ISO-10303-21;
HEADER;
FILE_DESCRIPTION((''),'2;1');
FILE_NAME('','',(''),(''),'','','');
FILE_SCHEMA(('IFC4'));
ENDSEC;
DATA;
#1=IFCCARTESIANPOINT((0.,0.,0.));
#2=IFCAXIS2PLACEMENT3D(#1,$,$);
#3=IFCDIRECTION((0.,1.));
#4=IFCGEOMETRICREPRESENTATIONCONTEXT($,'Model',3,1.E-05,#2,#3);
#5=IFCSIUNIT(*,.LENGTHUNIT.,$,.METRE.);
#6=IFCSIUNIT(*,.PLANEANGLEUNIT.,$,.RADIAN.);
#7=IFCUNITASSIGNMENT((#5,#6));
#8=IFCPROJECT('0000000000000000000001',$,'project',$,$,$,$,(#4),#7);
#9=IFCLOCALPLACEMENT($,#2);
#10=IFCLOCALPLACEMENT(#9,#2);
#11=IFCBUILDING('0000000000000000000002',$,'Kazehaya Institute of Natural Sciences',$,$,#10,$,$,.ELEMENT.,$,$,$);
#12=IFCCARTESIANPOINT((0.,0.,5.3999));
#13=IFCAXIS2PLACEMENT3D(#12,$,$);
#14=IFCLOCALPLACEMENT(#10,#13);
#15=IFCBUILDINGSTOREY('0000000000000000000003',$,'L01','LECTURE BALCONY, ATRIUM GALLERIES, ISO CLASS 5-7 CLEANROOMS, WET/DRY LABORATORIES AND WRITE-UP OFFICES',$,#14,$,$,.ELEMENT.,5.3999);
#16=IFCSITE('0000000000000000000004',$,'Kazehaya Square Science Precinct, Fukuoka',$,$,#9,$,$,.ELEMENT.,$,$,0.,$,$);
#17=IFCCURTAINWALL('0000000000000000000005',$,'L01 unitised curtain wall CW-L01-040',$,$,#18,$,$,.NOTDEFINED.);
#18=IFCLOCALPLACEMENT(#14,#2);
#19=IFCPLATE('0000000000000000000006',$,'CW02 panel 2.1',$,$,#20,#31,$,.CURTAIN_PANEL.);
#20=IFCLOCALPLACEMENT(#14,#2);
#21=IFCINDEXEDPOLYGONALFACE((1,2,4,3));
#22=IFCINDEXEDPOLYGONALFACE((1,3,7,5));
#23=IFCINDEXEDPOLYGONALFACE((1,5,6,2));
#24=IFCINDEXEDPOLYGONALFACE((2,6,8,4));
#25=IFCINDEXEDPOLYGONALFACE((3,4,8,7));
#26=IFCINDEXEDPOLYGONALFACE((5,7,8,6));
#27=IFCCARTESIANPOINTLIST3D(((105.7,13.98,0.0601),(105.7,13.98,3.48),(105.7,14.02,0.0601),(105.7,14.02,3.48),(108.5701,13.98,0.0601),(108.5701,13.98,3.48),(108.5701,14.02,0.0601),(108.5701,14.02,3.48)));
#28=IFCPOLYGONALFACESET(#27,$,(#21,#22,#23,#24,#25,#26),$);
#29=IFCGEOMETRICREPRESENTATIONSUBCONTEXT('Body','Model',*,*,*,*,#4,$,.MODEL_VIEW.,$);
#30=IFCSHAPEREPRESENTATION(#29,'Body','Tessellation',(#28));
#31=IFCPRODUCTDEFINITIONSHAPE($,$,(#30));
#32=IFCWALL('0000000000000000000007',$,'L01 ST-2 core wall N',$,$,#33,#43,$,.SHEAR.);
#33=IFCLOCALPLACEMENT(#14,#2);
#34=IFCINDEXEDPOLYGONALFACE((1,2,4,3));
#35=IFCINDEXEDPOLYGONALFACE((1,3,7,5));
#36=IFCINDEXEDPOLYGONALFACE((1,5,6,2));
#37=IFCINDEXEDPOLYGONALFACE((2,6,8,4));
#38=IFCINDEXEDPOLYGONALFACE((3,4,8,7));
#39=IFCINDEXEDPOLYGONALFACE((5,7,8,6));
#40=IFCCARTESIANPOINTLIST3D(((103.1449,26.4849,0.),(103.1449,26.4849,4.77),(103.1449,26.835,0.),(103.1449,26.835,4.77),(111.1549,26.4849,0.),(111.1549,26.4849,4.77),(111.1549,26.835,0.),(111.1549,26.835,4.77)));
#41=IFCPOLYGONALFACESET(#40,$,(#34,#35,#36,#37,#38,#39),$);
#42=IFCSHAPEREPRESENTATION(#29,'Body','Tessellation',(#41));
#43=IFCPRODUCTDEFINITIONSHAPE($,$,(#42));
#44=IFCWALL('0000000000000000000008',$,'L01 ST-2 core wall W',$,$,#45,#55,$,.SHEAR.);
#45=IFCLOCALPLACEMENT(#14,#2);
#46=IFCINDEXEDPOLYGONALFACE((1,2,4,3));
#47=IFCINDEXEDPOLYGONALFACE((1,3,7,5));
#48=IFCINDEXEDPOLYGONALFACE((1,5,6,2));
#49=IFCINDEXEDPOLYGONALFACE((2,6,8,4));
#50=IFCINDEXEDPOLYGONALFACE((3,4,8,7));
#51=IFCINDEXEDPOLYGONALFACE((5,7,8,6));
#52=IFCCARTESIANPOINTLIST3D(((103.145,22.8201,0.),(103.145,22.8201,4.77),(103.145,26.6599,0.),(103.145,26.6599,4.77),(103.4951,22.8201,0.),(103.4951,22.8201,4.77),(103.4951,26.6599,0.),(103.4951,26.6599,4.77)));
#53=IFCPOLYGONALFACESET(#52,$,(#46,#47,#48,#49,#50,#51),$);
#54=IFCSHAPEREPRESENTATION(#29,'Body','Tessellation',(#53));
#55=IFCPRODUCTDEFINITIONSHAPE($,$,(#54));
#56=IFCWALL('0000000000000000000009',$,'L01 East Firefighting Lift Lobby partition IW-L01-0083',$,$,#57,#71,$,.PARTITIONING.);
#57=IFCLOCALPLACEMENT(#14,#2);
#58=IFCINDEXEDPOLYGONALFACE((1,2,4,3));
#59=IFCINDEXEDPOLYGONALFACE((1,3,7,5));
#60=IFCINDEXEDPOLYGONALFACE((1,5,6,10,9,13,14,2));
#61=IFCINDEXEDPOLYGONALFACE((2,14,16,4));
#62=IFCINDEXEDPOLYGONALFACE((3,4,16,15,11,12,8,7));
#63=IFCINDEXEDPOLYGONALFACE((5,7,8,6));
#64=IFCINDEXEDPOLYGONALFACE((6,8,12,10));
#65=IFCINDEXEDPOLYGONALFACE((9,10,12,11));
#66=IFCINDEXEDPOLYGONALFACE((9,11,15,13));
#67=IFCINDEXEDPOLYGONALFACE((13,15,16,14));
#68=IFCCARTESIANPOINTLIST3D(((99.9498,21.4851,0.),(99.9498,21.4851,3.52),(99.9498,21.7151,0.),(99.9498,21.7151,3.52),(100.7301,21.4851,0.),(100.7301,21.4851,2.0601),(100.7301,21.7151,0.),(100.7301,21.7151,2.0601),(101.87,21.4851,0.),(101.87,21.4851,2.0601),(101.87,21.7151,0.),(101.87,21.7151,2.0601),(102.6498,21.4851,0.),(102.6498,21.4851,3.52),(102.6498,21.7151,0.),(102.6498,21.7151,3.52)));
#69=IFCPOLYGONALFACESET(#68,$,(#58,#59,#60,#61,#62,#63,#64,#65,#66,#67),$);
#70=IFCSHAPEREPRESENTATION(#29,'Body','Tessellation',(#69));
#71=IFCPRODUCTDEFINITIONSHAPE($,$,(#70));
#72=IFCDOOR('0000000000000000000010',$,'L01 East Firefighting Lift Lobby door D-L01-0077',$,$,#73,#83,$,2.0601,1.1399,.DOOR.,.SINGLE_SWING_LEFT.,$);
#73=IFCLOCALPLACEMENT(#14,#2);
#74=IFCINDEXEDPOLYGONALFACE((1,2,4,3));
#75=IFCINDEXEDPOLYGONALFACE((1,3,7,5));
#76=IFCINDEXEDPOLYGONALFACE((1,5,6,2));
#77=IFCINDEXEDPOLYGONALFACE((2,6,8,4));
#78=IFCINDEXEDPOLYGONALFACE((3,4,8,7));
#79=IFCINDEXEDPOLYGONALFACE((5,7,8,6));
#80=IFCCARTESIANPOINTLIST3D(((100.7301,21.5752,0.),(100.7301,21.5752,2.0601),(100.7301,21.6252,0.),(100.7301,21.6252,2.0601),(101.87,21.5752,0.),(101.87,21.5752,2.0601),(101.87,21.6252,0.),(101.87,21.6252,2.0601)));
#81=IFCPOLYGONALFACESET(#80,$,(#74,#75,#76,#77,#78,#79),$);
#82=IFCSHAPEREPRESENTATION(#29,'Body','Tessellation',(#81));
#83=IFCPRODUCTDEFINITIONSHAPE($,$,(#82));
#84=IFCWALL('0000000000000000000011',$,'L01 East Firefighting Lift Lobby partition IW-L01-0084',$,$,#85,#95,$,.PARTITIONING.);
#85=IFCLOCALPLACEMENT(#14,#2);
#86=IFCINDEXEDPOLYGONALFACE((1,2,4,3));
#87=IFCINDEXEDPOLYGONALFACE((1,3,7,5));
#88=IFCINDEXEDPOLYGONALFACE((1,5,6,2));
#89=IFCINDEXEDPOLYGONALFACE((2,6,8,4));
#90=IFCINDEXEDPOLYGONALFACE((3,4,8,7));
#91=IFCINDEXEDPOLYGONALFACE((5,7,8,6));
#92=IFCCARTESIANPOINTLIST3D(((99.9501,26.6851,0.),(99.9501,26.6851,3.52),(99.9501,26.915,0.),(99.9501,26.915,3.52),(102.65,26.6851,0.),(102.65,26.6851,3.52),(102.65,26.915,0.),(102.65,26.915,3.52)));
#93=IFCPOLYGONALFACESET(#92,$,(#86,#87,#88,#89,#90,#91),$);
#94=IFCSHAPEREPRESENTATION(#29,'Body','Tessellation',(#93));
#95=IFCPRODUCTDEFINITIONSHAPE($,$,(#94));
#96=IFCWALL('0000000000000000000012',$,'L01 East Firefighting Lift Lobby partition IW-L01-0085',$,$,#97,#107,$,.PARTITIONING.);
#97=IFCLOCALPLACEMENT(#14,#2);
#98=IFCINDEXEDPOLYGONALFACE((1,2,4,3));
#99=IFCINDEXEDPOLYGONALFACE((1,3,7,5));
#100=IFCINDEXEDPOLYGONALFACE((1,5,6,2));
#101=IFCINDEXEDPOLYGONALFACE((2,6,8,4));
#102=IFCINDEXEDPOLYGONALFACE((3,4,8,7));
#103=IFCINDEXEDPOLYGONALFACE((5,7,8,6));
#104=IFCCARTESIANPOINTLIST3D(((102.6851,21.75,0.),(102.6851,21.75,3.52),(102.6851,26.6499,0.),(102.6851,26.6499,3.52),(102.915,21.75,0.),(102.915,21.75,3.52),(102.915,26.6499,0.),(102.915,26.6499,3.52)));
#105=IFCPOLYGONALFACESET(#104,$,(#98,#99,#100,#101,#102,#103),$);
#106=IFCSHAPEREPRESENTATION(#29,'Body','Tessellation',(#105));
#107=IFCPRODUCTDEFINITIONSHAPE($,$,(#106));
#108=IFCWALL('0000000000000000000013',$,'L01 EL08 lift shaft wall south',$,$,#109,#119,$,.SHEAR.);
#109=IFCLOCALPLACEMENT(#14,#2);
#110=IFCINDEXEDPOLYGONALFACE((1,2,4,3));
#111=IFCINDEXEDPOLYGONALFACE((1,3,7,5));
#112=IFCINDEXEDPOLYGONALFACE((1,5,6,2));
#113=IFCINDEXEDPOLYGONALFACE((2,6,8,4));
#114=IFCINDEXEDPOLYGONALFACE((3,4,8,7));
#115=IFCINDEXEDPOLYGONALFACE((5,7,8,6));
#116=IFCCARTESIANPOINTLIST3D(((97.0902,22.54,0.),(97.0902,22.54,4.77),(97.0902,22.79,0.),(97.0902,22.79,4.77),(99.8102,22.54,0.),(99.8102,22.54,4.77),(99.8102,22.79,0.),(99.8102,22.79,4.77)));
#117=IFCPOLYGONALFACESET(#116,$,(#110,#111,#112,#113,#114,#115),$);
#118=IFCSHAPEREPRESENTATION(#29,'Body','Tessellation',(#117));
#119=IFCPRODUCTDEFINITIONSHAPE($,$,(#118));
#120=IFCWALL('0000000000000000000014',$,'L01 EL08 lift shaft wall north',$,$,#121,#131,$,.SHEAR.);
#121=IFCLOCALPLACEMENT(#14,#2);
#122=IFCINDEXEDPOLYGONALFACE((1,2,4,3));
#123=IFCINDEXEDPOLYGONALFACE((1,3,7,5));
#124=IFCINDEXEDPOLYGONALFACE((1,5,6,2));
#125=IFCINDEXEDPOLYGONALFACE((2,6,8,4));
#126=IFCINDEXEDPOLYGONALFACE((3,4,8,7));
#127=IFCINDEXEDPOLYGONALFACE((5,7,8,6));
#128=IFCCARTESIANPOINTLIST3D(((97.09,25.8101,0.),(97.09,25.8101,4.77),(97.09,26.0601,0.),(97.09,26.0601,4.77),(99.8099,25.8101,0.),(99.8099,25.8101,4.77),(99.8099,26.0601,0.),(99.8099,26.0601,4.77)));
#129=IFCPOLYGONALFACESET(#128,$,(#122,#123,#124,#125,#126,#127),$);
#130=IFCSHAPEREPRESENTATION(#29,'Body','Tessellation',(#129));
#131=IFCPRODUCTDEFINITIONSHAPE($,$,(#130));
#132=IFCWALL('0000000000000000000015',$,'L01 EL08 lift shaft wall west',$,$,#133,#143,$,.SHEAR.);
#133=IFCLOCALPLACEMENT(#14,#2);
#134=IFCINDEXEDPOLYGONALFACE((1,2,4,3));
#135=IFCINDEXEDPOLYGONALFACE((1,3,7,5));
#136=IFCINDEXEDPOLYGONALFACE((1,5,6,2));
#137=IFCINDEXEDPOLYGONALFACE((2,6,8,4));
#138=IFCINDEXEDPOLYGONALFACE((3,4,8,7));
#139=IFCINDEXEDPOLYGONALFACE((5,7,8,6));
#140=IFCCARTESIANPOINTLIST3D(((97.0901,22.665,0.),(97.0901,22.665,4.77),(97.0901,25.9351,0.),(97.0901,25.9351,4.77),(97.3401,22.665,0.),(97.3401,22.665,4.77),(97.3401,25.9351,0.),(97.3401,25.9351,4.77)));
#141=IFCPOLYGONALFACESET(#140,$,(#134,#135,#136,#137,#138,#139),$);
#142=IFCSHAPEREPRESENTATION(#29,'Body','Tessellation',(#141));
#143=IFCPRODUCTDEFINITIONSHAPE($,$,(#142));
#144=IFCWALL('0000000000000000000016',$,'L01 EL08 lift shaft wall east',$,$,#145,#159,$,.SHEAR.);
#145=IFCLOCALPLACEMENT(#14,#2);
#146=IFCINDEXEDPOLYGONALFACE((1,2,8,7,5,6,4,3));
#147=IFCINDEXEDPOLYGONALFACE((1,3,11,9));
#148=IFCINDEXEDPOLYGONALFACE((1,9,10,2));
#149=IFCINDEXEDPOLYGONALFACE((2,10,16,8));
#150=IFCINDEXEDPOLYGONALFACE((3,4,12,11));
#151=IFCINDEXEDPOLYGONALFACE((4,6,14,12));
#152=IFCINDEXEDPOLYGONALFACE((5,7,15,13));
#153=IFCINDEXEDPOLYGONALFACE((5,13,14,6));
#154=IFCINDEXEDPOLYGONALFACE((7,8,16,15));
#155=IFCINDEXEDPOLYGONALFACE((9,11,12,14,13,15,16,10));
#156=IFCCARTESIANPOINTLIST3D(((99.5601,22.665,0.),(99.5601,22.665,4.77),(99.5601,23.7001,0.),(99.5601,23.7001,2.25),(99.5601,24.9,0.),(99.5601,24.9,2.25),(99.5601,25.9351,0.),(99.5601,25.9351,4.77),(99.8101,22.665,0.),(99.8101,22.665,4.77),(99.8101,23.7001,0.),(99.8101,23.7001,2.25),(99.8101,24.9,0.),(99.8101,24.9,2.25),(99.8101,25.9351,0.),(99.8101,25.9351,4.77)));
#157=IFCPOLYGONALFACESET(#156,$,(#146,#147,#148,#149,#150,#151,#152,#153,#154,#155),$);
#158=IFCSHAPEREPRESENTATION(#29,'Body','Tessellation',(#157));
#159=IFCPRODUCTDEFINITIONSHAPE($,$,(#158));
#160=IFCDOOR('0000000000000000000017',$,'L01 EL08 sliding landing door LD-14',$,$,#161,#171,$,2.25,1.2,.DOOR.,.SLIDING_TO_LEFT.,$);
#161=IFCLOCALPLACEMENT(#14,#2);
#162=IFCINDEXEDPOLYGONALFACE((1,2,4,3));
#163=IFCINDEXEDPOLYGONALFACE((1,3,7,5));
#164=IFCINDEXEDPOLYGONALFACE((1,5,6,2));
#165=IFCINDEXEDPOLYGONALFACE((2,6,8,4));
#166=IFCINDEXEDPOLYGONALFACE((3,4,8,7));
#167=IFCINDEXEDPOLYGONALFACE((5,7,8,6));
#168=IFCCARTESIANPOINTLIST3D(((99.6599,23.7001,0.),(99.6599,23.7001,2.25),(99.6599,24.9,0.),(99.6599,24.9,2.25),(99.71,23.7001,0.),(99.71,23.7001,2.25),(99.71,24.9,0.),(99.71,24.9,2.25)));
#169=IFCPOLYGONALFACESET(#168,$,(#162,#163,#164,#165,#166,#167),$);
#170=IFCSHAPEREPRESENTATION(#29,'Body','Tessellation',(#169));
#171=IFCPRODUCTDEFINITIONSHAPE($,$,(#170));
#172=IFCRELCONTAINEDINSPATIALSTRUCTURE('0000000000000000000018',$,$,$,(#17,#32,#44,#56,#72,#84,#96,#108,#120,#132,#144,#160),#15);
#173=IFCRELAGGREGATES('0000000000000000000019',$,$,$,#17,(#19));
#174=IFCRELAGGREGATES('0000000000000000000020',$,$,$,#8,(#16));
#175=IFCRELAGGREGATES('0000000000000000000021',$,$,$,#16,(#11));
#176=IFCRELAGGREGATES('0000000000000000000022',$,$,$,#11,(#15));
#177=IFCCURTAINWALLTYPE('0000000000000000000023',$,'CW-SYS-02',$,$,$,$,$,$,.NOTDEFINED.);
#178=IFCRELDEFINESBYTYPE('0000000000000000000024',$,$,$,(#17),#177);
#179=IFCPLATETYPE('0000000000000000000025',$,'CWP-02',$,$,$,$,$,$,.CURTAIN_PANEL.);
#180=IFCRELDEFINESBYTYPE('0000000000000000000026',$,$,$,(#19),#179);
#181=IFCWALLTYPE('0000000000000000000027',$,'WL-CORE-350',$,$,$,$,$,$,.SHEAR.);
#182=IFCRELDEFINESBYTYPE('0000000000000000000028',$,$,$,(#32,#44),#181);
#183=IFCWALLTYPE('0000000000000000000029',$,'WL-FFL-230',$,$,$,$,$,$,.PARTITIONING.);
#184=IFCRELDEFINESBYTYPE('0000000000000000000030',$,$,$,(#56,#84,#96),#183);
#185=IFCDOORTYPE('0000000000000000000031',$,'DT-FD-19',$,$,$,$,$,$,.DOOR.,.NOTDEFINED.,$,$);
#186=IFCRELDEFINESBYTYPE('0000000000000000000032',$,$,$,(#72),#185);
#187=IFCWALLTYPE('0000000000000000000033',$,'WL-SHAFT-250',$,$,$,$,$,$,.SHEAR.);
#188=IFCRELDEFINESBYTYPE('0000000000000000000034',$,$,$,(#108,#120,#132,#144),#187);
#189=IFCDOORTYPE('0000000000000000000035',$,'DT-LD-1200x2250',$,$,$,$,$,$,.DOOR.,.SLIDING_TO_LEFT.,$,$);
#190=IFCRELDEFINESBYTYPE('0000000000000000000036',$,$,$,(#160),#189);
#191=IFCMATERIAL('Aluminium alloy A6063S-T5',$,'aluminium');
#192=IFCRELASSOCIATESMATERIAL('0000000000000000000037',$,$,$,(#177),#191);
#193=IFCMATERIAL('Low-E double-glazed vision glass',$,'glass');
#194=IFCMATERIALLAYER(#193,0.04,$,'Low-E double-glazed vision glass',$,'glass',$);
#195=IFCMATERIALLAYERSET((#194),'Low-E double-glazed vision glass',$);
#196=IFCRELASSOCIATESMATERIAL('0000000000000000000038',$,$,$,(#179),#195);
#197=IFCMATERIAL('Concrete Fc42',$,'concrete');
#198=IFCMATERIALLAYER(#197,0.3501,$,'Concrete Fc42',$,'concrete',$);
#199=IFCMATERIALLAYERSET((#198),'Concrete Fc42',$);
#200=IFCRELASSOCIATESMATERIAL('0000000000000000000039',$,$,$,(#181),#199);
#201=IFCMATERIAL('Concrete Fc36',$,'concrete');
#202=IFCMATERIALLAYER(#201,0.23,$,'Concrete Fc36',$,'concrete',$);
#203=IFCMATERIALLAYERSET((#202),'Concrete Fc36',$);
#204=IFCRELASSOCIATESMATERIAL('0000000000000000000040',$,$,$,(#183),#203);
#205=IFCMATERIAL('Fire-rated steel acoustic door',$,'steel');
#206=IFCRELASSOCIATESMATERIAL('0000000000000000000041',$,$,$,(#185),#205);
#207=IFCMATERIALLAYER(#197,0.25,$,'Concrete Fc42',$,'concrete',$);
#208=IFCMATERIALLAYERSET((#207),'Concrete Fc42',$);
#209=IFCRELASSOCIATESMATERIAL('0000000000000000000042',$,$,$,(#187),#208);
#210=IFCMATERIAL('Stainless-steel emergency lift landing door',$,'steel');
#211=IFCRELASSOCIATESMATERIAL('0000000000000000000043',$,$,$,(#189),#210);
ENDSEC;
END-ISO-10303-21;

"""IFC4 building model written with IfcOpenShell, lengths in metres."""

from ifc_helpers import new_model, si_unit, direction, frame, frame_2d, origin, origin_2d, place, context, subcontext, project, spatial, rectangle, extrude, material, layer, layer_set, type_object, element, fill, aggregate, save


model = new_model("IFC4")

# Units and contexts
model_context = context("Model", 3, precision=1e-05, world=origin(), true_north=direction((0.0, 1.0)))
body_context = subcontext(model_context, "Body", "Model", "MODEL_VIEW")
ifc_project = project(units=[si_unit("LENGTHUNIT", "METRE"), si_unit("PLANEANGLEUNIT", "RADIAN")], contexts=[model_context])

# Site, building, storey
site_placement = place(None, origin())
site = spatial("IfcSite", under=ifc_project, at=site_placement, Name="Kazehaya Square Science Precinct, Fukuoka", CompositionType="ELEMENT", RefElevation=0.0)
building_placement = place(site_placement, origin())
building = spatial("IfcBuilding", under=site, at=building_placement, Name="Kazehaya Institute of Natural Sciences", CompositionType="ELEMENT")
storey_placement = place(building_placement, frame((0.0, 0.0, 5.3999)))
storey = spatial("IfcBuildingStorey", under=building, at=storey_placement, Name="L01", Description="LECTURE BALCONY, ATRIUM GALLERIES, ISO CLASS 5-7 CLEANROOMS, WET/DRY LABORATORIES AND WRITE-UP OFFICES", CompositionType="ELEMENT", Elevation=5.3999)

# Shared definitions
ifc_material_1 = material(Name="Concrete Fc42", Category="concrete")

# Shared definitions
ifc_material_2 = material(Name="Concrete Fc36", Category="concrete")

# Curtain wall, plate
ifc_material_3 = material(Name="Aluminium alloy A6063S-T5", Category="aluminium")
curtain_wall_type = type_object("IfcCurtainWallType", Name="CW-SYS-02", PredefinedType="NOTDEFINED", material=ifc_material_3)
curtain_wall_placement = place(storey_placement, origin())
curtain_wall = element("IfcCurtainWall", 1, at=curtain_wall_placement, inside=storey, type_object=curtain_wall_type, Name="L01 unitised curtain wall CW-L01-040", PredefinedType="NOTDEFINED")
ifc_material_4 = material(Name="Low-E double-glazed vision glass", Category="glass")
ifc_layer_1 = layer(ifc_material_4, 0.04, Name="Low-E double-glazed vision glass", Category="glass")
ifc_layer_set_1 = layer_set([ifc_layer_1], Name="Low-E double-glazed vision glass")
plate_type = type_object("IfcPlateType", Name="CWP-02", PredefinedType="CURTAIN_PANEL", material=ifc_layer_set_1)
plate_placement = place(storey_placement, frame((107.135, 14.0, 0.0601), z_axis=(0.0, 0.0, 1.0), x_axis=(-1.0, 0.0, 0.0)))
plate = element("IfcPlate", 2, at=plate_placement, type_object=plate_type, Name="CW02 panel 2.1", PredefinedType="CURTAIN_PANEL", context=body_context, shape_type="SweptSolid", body=[
    extrude(rectangle(XDim=2.8701, YDim=0.04, at=origin_2d()), origin(), (0.0, 0.0, 1.0), 3.4199),
])
aggregate(curtain_wall, [plate])

# Walls
ifc_layer_2 = layer(ifc_material_1, 0.3501, Name="Concrete Fc42", Category="concrete")
ifc_layer_set_2 = layer_set([ifc_layer_2], Name="Concrete Fc42")
wall_type_1 = type_object("IfcWallType", Name="WL-CORE-350", PredefinedType="SHEAR", material=ifc_layer_set_2)
wall_1_placement = place(storey_placement, frame((103.145, 26.6599, 0.0), z_axis=(0.0, 0.0, 1.0), x_axis=(1.0, 0.0, 0.0)))
element("IfcWall", 3, at=wall_1_placement, inside=storey, type_object=wall_type_1, Name="L01 ST-2 core wall N", PredefinedType="SHEAR", context=body_context, shape_type="SweptSolid", body=[
    extrude(rectangle(XDim=8.01, YDim=0.3501, at=frame_2d((4.0049, 0.0))), origin(), (0.0, 0.0, 1.0), 4.77),
])
wall_2_placement = place(storey_placement, frame((103.3201, 22.8201, 0.0), z_axis=(0.0, 0.0, 1.0), x_axis=(0.0, 1.0, 0.0)))
element("IfcWall", 4, at=wall_2_placement, inside=storey, type_object=wall_type_1, Name="L01 ST-2 core wall W", PredefinedType="SHEAR", context=body_context, shape_type="SweptSolid", body=[
    extrude(rectangle(XDim=3.8398, YDim=0.3501, at=frame_2d((1.9199, 0.0))), origin(), (0.0, 0.0, 1.0), 4.77),
])

# Wall, opening, door
ifc_layer_3 = layer(ifc_material_2, 0.23, Name="Concrete Fc36", Category="concrete")
ifc_layer_set_3 = layer_set([ifc_layer_3], Name="Concrete Fc36")
wall_type_2 = type_object("IfcWallType", Name="WL-FFL-230", PredefinedType="PARTITIONING", material=ifc_layer_set_3)
wall_3_placement = place(storey_placement, frame((102.6499, 21.6001, 0.0), z_axis=(0.0, 0.0, 1.0), x_axis=(-1.0, 0.0, 0.0)))
wall_3 = element("IfcWall", 5, at=wall_3_placement, inside=storey, type_object=wall_type_2, Name="L01 East Firefighting Lift Lobby partition IW-L01-0083", PredefinedType="PARTITIONING", context=body_context, shape_type="SweptSolid", body=[
    extrude(rectangle(XDim=2.7, YDim=0.23, at=frame_2d((1.3501, 0.0))), origin(), (0.0, 0.0, 1.0), 3.52),
])
opening_1_placement = place(wall_3_placement, frame((0.78, 0.0, 0.0)))
opening_1 = element("IfcOpeningElement", 6, at=opening_1_placement, cuts=wall_3, PredefinedType="OPENING", context=body_context, shape_type="SweptSolid", body=[
    extrude(rectangle(XDim=1.1399, YDim=2.0601, at=frame_2d((0.5698, 1.03))), frame((0.0, 0.125, 0.0), z_axis=(0.0, -1.0, 0.0), x_axis=(1.0, 0.0, 0.0)), (0.0, 0.0, 1.0), 0.25),
])
ifc_material_5 = material(Name="Fire-rated steel acoustic door", Category="steel")
door_type_1 = type_object("IfcDoorType", Name="DT-FD-19", OperationType="NOTDEFINED", PredefinedType="DOOR", material=ifc_material_5)
door_1_placement = place(opening_1_placement, origin())
door_1 = element("IfcDoor", 7, at=door_1_placement, inside=storey, type_object=door_type_1, Name="L01 East Firefighting Lift Lobby door D-L01-0077", OperationType="SINGLE_SWING_LEFT", OverallHeight=2.0601, OverallWidth=1.1399, PredefinedType="DOOR", context=body_context, shape_type="SweptSolid", body=[
    extrude(rectangle(XDim=1.1399, YDim=2.0601, at=frame_2d((0.5698, 1.03))), frame((0.0, 0.0249, 0.0), z_axis=(0.0, -1.0, 0.0), x_axis=(1.0, 0.0, 0.0)), (0.0, 0.0, 1.0), 0.05),
])
fill(opening_1, door_1)

# Walls
wall_4_placement = place(storey_placement, frame((99.95, 26.8, 0.0), z_axis=(0.0, 0.0, 1.0), x_axis=(1.0, 0.0, 0.0)))
element("IfcWall", 8, at=wall_4_placement, inside=storey, type_object=wall_type_2, Name="L01 East Firefighting Lift Lobby partition IW-L01-0084", PredefinedType="PARTITIONING", context=body_context, shape_type="SweptSolid", body=[
    extrude(rectangle(XDim=2.7, YDim=0.23, at=frame_2d((1.3501, 0.0))), origin(), (0.0, 0.0, 1.0), 3.52),
])
wall_5_placement = place(storey_placement, frame((102.8, 26.6499, 0.0), z_axis=(0.0, 0.0, 1.0), x_axis=(0.0, -1.0, 0.0)))
element("IfcWall", 9, at=wall_5_placement, inside=storey, type_object=wall_type_2, Name="L01 East Firefighting Lift Lobby partition IW-L01-0085", PredefinedType="PARTITIONING", context=body_context, shape_type="SweptSolid", body=[
    extrude(rectangle(XDim=4.8999, YDim=0.23, at=frame_2d((2.45, 0.0))), origin(), (0.0, 0.0, 1.0), 3.52),
])
ifc_layer_4 = layer(ifc_material_1, 0.25, Name="Concrete Fc42", Category="concrete")
ifc_layer_set_4 = layer_set([ifc_layer_4], Name="Concrete Fc42")
wall_type_3 = type_object("IfcWallType", Name="WL-SHAFT-250", PredefinedType="SHEAR", material=ifc_layer_set_4)
for number, where, z_axis, x_axis, name in (
    (10, (99.8101, 22.665, 0.0), (0.0, 0.0, 1.0), (-1.0, 0.0, 0.0), "L01 EL08 lift shaft wall south"),
    (11, (97.0901, 25.9351, 0.0), (0.0, 0.0, 1.0), (1.0, 0.0, 0.0), "L01 EL08 lift shaft wall north"),
):
    element("IfcWall", number, at=place(storey_placement, frame(where, z_axis=z_axis, x_axis=x_axis)), inside=storey, type_object=wall_type_3, Name=name, PredefinedType="SHEAR", context=body_context, shape_type="SweptSolid", body=[
        extrude(rectangle(XDim=2.72, YDim=0.25, at=frame_2d((1.3599, 0.0))), origin(), (0.0, 0.0, 1.0), 4.77),
    ])
wall_6_placement = place(storey_placement, frame((97.2151, 22.665, 0.0), z_axis=(0.0, 0.0, 1.0), x_axis=(0.0, 1.0, 0.0)))
element("IfcWall", 12, at=wall_6_placement, inside=storey, type_object=wall_type_3, Name="L01 EL08 lift shaft wall west", PredefinedType="SHEAR", context=body_context, shape_type="SweptSolid", body=[
    extrude(rectangle(XDim=3.27, YDim=0.25, at=frame_2d((1.635, 0.0))), origin(), (0.0, 0.0, 1.0), 4.77),
])

# Wall, opening, door
wall_7_placement = place(storey_placement, frame((99.6851, 25.9351, 0.0), z_axis=(0.0, 0.0, 1.0), x_axis=(0.0, -1.0, 0.0)))
wall_7 = element("IfcWall", 13, at=wall_7_placement, inside=storey, type_object=wall_type_3, Name="L01 EL08 lift shaft wall east", PredefinedType="SHEAR", context=body_context, shape_type="SweptSolid", body=[
    extrude(rectangle(XDim=3.27, YDim=0.25, at=frame_2d((1.635, 0.0))), origin(), (0.0, 0.0, 1.0), 4.77),
])
opening_2_placement = place(wall_7_placement, frame((1.0349, 0.0, 0.0)))
opening_2 = element("IfcOpeningElement", 14, at=opening_2_placement, cuts=wall_7, PredefinedType="OPENING", context=body_context, shape_type="SweptSolid", body=[
    extrude(rectangle(XDim=1.2, YDim=2.25, at=frame_2d((0.6001, 1.125))), frame((0.0, 0.135, 0.0), z_axis=(0.0, -1.0, 0.0), x_axis=(1.0, 0.0, 0.0)), (0.0, 0.0, 1.0), 0.27),
])
ifc_material_6 = material(Name="Stainless-steel emergency lift landing door", Category="steel")
door_type_2 = type_object("IfcDoorType", Name="DT-LD-1200x2250", OperationType="SLIDING_TO_LEFT", PredefinedType="DOOR", material=ifc_material_6)
door_2_placement = place(opening_2_placement, origin())
door_2 = element("IfcDoor", 15, at=door_2_placement, inside=storey, type_object=door_type_2, Name="L01 EL08 sliding landing door LD-14", OperationType="SLIDING_TO_LEFT", OverallHeight=2.25, OverallWidth=1.2, PredefinedType="DOOR", context=body_context, shape_type="SweptSolid", body=[
    extrude(rectangle(XDim=1.2, YDim=2.25, at=frame_2d((0.6001, 1.125))), frame((0.0, 0.0249, 0.0), z_axis=(0.0, -1.0, 0.0), x_axis=(1.0, 0.0, 0.0)), (0.0, 0.0, 1.0), 0.05),
])
fill(opening_2, door_2)

save(model, "model.ifc")
